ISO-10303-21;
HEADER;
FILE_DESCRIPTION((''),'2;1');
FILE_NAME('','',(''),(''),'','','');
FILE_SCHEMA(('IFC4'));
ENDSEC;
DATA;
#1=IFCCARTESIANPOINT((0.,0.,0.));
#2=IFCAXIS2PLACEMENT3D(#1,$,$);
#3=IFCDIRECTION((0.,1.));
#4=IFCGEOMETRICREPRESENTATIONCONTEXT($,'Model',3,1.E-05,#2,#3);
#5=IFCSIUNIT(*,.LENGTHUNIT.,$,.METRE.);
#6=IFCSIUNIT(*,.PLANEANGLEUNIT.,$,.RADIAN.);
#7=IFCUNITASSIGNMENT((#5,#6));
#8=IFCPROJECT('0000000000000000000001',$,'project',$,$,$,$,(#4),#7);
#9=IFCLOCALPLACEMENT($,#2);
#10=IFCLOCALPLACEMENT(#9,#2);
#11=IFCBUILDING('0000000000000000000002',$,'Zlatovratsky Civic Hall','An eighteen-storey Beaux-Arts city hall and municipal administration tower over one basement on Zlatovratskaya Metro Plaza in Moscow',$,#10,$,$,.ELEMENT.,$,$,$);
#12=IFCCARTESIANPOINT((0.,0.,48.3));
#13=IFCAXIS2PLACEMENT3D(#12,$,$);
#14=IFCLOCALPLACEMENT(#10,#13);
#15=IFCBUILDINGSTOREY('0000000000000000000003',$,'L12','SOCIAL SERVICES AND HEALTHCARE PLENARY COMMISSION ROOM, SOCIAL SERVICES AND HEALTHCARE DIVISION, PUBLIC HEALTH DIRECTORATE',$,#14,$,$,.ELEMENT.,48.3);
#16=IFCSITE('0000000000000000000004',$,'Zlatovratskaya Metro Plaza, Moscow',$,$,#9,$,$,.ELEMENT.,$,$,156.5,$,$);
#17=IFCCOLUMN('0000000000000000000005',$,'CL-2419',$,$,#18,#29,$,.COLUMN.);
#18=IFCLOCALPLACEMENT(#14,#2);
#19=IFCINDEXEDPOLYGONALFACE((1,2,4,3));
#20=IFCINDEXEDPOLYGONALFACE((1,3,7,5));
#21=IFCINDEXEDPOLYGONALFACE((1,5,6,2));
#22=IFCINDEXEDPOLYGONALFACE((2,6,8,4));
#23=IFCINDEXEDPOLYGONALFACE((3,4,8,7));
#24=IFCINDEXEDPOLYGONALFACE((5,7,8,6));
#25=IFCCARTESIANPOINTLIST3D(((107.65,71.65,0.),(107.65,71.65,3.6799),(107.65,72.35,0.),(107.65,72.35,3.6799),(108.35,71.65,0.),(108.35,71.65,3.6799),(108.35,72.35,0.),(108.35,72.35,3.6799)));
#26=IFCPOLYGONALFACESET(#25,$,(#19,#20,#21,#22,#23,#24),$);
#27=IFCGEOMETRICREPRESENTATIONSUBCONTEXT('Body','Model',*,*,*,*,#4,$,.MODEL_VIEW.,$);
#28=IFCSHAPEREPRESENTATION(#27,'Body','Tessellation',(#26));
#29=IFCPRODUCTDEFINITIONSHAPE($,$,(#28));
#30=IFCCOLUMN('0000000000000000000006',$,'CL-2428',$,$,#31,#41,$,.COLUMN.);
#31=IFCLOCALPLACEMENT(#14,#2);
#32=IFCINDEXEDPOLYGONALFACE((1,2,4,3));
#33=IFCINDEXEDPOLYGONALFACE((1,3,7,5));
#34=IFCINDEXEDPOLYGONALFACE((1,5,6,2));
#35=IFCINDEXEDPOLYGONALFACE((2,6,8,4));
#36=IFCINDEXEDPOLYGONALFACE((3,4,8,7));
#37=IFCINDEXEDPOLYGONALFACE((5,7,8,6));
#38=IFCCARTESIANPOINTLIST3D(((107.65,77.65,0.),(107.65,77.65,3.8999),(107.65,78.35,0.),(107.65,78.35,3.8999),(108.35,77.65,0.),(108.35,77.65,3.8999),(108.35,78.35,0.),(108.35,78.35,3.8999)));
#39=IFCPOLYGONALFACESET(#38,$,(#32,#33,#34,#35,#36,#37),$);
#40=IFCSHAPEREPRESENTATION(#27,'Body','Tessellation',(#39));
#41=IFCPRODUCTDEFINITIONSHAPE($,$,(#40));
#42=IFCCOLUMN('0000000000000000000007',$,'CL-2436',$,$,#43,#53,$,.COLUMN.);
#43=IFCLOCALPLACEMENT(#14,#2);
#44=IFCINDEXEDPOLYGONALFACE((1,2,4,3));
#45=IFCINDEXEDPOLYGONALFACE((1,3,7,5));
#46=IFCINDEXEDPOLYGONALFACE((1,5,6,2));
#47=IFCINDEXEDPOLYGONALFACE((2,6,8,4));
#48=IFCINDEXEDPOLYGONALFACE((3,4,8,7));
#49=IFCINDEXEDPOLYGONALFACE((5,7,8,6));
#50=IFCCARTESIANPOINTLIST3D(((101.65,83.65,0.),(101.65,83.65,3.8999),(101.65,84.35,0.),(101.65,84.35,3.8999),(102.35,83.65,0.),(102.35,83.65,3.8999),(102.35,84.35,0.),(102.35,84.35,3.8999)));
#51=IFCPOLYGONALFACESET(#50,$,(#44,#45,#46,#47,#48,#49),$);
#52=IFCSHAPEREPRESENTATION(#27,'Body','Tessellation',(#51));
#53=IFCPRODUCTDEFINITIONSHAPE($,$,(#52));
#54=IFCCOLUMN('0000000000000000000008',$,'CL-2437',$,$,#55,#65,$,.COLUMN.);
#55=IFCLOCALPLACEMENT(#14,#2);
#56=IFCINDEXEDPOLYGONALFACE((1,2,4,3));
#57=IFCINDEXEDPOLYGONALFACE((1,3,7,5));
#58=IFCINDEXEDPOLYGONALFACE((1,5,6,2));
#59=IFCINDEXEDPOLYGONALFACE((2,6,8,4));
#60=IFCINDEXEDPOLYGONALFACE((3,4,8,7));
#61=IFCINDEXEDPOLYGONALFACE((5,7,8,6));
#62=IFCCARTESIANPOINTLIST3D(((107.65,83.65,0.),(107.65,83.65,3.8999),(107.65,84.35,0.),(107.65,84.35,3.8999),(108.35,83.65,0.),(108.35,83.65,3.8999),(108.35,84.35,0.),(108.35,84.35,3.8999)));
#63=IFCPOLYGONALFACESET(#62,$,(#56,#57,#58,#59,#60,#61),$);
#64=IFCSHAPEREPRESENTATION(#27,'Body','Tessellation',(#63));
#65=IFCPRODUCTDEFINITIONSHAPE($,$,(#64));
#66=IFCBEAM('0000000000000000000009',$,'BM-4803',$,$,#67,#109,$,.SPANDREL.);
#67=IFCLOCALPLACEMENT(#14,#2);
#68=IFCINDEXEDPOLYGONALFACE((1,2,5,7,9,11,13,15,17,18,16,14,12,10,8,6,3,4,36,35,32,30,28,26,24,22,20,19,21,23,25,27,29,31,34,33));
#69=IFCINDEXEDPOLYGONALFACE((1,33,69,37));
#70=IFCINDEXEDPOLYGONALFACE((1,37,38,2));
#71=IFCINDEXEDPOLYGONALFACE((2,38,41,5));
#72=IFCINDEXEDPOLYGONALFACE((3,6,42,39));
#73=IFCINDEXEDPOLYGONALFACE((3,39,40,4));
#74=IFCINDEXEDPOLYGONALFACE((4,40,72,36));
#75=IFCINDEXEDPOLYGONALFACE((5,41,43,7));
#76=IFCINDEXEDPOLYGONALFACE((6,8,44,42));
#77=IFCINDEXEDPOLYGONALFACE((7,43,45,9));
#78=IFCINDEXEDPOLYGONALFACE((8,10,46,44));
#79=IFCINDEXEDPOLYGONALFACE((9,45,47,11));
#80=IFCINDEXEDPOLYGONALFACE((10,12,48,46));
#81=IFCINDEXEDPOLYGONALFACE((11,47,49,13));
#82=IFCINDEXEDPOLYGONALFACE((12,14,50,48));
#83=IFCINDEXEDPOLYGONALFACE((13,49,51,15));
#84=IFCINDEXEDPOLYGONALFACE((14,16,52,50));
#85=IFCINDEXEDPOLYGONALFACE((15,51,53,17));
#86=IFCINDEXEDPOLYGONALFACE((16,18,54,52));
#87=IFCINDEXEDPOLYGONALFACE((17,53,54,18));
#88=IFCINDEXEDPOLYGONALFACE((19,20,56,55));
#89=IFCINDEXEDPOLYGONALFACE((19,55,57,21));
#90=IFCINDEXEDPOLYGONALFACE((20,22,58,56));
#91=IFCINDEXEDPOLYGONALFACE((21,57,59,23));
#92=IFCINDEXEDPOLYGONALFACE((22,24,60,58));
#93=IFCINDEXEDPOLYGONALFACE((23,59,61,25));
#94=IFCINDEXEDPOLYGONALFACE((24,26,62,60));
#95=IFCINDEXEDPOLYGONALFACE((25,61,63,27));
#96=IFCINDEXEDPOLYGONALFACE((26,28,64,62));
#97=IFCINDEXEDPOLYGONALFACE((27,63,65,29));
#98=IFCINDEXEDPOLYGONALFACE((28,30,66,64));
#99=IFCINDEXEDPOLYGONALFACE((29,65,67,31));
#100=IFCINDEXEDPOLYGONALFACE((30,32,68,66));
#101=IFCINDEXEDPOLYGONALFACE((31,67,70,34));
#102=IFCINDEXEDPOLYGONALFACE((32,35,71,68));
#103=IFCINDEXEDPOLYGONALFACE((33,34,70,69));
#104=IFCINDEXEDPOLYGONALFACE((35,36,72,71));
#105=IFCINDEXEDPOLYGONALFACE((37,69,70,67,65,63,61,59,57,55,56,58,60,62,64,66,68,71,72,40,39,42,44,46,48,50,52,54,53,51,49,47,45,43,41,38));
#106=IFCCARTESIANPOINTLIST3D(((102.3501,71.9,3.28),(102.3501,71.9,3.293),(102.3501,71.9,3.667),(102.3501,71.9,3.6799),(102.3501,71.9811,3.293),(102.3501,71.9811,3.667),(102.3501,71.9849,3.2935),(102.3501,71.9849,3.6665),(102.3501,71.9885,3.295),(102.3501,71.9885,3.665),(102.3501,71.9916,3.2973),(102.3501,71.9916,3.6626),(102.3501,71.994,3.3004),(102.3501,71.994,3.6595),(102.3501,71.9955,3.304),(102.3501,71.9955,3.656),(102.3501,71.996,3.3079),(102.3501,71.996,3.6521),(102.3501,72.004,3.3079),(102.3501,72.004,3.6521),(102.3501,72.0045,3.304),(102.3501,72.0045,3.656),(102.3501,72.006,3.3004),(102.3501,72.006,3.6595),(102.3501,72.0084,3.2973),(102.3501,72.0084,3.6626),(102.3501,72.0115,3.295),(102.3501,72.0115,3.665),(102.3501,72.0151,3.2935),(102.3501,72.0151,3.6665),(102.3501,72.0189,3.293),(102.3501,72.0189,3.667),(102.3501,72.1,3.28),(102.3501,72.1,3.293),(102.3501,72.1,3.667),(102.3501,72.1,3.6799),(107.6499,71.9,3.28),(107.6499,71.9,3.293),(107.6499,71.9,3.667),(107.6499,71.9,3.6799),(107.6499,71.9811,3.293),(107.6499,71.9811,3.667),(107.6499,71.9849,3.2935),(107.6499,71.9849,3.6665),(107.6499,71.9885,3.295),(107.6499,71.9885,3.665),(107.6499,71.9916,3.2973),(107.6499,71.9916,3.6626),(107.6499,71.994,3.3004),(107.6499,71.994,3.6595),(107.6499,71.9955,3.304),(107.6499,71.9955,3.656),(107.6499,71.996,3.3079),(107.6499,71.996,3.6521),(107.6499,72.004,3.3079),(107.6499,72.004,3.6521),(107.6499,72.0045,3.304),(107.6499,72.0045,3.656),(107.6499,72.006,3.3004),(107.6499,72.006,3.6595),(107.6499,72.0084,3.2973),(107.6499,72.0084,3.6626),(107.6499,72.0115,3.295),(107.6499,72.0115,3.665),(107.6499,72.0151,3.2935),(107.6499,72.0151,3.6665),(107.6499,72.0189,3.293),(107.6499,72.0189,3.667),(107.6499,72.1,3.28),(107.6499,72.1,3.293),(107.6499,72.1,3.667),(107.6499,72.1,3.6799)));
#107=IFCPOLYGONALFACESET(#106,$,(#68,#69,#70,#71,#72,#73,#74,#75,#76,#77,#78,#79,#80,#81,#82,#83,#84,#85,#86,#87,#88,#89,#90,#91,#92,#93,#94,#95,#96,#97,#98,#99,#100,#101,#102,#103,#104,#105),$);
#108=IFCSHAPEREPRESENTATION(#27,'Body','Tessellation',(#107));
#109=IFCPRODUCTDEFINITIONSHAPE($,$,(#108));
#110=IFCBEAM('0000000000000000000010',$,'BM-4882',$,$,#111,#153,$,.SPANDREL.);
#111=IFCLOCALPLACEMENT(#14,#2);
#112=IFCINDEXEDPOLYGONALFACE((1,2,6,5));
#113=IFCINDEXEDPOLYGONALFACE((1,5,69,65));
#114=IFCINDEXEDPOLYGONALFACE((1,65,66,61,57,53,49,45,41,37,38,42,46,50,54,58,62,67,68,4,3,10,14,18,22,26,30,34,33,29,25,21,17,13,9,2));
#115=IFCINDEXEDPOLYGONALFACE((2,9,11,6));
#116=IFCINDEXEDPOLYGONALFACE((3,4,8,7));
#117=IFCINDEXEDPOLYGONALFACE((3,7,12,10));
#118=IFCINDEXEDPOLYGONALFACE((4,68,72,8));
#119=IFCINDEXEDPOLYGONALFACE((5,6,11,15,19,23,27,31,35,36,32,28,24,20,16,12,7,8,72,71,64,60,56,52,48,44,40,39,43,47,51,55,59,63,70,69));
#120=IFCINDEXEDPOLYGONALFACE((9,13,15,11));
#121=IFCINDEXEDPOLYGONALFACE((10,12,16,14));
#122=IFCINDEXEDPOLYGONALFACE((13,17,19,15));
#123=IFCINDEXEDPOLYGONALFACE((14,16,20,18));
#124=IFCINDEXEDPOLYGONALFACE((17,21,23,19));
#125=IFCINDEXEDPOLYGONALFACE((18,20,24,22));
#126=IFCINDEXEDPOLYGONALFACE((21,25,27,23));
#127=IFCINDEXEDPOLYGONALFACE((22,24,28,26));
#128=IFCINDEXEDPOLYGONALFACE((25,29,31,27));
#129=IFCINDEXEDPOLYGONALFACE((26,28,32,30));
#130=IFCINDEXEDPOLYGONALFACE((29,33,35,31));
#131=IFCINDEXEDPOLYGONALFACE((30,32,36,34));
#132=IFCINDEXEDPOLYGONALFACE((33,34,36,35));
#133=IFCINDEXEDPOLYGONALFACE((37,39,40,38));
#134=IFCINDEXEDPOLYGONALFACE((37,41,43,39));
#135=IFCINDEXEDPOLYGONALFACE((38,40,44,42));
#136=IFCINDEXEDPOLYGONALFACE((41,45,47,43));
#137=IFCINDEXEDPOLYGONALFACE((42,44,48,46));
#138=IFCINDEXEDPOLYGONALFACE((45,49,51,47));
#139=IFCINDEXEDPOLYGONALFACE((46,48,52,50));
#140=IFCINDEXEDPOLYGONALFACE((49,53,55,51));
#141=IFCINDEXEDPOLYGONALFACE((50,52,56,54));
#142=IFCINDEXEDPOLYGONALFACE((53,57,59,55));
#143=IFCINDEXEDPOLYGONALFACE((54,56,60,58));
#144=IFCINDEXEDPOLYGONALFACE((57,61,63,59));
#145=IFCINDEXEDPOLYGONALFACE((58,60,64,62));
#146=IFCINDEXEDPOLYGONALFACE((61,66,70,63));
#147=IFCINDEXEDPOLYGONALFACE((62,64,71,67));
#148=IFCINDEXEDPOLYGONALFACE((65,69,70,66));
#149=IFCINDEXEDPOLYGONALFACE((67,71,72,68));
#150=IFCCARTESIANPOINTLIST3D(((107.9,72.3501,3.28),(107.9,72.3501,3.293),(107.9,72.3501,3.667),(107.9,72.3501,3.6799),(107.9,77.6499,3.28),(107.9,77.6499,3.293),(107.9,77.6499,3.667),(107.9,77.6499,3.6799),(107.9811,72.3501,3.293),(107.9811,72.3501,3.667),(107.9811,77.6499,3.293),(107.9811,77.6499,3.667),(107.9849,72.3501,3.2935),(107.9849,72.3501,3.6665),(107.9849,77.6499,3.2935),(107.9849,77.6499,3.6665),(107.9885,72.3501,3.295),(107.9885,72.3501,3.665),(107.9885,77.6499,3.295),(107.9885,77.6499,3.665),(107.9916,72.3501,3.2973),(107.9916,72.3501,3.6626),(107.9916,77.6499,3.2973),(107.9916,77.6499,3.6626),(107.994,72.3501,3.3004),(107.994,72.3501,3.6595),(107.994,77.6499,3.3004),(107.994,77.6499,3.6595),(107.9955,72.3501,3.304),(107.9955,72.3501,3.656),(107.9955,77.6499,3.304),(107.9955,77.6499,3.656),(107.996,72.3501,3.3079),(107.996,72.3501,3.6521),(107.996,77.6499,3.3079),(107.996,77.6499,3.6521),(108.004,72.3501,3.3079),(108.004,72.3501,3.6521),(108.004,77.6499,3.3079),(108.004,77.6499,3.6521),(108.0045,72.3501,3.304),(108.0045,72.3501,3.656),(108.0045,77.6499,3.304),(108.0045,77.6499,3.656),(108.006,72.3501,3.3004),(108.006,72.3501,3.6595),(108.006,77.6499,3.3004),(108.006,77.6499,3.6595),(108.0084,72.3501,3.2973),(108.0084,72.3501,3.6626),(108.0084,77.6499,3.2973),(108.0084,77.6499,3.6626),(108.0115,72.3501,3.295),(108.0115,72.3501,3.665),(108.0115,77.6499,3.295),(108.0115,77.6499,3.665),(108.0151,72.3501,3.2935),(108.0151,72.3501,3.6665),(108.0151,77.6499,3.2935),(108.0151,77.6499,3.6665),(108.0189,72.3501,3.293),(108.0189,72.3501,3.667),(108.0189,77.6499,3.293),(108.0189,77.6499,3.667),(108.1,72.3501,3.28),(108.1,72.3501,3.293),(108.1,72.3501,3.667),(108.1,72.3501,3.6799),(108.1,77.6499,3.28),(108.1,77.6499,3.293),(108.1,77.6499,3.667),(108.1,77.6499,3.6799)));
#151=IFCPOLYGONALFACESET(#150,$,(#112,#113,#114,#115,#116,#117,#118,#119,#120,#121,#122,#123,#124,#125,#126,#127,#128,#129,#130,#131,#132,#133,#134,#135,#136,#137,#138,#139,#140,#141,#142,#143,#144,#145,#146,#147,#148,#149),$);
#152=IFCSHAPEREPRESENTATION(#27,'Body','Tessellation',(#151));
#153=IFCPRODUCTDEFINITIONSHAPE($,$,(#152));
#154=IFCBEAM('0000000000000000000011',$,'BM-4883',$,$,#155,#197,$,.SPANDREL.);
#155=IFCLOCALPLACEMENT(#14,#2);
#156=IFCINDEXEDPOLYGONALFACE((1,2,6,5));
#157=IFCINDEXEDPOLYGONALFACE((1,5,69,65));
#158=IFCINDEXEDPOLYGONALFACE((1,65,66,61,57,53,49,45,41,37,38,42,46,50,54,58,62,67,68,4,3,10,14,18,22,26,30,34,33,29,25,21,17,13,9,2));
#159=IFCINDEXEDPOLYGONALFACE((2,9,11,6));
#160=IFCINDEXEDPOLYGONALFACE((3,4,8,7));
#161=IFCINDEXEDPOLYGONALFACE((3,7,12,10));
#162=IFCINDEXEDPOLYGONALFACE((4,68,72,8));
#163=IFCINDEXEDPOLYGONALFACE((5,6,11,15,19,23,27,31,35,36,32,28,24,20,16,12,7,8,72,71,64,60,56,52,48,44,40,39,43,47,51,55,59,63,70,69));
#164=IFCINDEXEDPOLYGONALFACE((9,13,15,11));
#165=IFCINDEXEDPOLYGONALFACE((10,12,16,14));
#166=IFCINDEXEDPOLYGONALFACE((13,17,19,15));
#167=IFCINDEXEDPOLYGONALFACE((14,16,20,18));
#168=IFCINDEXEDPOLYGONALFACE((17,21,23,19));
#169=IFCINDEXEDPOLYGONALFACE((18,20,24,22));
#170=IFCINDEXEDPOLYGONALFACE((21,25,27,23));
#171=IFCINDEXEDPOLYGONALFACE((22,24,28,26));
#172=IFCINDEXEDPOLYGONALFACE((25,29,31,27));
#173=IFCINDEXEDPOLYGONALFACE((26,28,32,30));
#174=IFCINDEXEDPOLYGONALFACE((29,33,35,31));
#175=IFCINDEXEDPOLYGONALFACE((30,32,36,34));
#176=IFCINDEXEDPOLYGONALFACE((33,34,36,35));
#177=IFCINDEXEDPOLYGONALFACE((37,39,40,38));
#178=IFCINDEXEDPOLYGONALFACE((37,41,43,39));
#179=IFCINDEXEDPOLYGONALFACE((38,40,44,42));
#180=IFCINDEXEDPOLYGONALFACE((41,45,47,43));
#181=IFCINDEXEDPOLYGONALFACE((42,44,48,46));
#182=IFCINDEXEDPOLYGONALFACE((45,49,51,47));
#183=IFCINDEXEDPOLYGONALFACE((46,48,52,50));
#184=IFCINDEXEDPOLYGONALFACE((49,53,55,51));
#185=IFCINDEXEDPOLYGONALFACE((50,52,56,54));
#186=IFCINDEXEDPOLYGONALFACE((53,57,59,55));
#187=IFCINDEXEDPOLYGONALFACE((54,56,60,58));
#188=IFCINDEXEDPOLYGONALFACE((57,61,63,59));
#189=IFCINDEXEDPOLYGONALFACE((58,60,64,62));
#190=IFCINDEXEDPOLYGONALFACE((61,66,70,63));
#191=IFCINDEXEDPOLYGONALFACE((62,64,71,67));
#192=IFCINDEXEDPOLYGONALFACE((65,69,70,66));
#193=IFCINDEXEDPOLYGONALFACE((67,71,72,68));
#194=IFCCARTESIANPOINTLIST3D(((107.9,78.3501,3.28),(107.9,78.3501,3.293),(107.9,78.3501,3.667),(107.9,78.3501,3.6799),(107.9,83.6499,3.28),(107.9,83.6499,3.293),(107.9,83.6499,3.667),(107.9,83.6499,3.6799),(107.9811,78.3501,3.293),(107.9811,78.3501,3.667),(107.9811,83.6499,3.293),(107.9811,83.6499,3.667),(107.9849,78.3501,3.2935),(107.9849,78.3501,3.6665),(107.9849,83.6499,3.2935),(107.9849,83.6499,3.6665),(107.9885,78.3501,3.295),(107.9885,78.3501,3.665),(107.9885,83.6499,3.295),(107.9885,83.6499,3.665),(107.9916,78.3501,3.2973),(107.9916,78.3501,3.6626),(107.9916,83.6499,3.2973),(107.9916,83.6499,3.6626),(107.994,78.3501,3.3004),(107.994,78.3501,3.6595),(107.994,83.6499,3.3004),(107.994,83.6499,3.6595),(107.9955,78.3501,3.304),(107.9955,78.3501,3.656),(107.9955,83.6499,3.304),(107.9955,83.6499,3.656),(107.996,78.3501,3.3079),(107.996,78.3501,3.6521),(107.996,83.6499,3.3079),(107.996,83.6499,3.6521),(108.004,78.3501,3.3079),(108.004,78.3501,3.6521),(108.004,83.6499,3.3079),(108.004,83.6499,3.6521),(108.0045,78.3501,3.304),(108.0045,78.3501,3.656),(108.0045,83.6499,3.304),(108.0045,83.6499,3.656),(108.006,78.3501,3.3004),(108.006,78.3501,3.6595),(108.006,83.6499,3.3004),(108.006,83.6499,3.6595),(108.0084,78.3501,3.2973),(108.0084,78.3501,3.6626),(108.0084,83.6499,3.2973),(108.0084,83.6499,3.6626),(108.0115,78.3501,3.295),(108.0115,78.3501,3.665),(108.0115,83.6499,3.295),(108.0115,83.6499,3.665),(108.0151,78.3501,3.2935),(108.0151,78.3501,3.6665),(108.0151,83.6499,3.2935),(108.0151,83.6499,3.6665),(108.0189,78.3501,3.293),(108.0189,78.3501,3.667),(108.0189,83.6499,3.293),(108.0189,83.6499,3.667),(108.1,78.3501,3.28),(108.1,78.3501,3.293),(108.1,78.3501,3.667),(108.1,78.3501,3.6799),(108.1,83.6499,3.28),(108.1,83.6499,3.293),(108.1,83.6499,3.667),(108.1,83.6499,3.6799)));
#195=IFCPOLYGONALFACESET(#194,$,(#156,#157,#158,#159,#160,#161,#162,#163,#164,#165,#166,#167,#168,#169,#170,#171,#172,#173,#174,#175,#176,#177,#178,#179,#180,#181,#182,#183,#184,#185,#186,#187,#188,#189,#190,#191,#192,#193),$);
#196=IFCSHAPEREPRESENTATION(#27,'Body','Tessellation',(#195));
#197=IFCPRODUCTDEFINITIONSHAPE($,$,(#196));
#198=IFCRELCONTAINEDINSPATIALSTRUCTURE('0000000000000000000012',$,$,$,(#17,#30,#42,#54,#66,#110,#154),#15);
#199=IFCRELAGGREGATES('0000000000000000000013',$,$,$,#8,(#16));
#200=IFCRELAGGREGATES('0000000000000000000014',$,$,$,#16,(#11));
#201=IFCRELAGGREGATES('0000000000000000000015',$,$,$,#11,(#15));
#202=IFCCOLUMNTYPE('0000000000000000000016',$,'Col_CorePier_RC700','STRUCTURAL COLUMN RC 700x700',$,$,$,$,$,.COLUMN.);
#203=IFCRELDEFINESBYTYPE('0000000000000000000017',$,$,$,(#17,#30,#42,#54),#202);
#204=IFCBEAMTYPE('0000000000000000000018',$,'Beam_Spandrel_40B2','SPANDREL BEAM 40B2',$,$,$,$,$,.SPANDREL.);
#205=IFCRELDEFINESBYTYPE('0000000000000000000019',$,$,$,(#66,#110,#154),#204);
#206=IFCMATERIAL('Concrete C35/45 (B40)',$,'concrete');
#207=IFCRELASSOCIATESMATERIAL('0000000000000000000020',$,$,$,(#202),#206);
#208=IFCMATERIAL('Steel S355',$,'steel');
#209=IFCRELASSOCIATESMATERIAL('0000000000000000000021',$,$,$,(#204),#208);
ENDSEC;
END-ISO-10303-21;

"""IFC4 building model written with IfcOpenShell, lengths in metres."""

from ifc_helpers import new_model, si_unit, direction, frame, origin, origin_2d, place, context, subcontext, project, spatial, rectangle, i_section, extrude, material, material_profile, profile_set, type_object, element, save


model = new_model("IFC4")

# Units and contexts
model_context = context("Model", 3, precision=1e-05, world=origin(), true_north=direction((0.0, 1.0)))
body_context = subcontext(model_context, "Body", "Model", "MODEL_VIEW")
ifc_project = project(units=[si_unit("LENGTHUNIT", "METRE"), si_unit("PLANEANGLEUNIT", "RADIAN")], contexts=[model_context])

# Site, building, storey
site_placement = place(None, origin())
site = spatial("IfcSite", under=ifc_project, at=site_placement, Name="Zlatovratskaya Metro Plaza, Moscow", CompositionType="ELEMENT", RefElevation=156.5)
building_placement = place(site_placement, origin())
building = spatial("IfcBuilding", under=site, at=building_placement, Name="Zlatovratsky Civic Hall", Description="An eighteen-storey Beaux-Arts city hall and municipal administration tower over one basement on Zlatovratskaya Metro Plaza in Moscow", CompositionType="ELEMENT")
storey_placement = place(building_placement, frame((0.0, 0.0, 48.3)))
storey = spatial("IfcBuildingStorey", under=building, at=storey_placement, Name="L12", Description="SOCIAL SERVICES AND HEALTHCARE PLENARY COMMISSION ROOM, SOCIAL SERVICES AND HEALTHCARE DIVISION, PUBLIC HEALTH DIRECTORATE", CompositionType="ELEMENT", Elevation=48.3)

# Columns
ifc_material_1 = material(Name="Concrete C35/45 (B40)", Category="concrete")
ifc_material_profile_1 = material_profile(ifc_material_1, rectangle(XDim=0.7, YDim=0.7, at=origin_2d()), Name="RC 700x700")
ifc_profile_set_1 = profile_set([ifc_material_profile_1], Name="Concrete C35/45 (B40)")
column_type = type_object("IfcColumnType", Name="Col_CorePier_RC700", Description="STRUCTURAL COLUMN RC 700x700", PredefinedType="COLUMN", material=ifc_profile_set_1)
column_placement = place(storey_placement, frame((108.0, 72.0, 0.0), z_axis=(0.0, 0.0, 1.0), x_axis=(1.0, 0.0, 0.0)))
element("IfcColumn", 1, at=column_placement, inside=storey, type_object=column_type, Name="CL-2419", PredefinedType="COLUMN", context=body_context, shape_type="SweptSolid", body=[
    extrude(rectangle(XDim=0.7, YDim=0.7, at=origin_2d()), origin(), (0.0, 0.0, 1.0), 3.6799),
])
for number, where, z_axis, x_axis, name in (
    (2, (108.0, 78.0, 0.0), (0.0, 0.0, 1.0), (1.0, 0.0, 0.0), "CL-2428"),
    (3, (102.0, 84.0, 0.0), (0.0, 0.0, 1.0), (1.0, 0.0, 0.0), "CL-2436"),
    (4, (108.0, 84.0, 0.0), (0.0, 0.0, 1.0), (1.0, 0.0, 0.0), "CL-2437"),
):
    element("IfcColumn", number, at=place(storey_placement, frame(where, z_axis=z_axis, x_axis=x_axis)), inside=storey, type_object=column_type, Name=name, PredefinedType="COLUMN", context=body_context, shape_type="SweptSolid", body=[
        extrude(rectangle(XDim=0.7, YDim=0.7, at=origin_2d()), origin(), (0.0, 0.0, 1.0), 3.8999),
    ])

# Beams
ifc_material_2 = material(Name="Steel S355", Category="steel")
ifc_material_profile_2 = material_profile(ifc_material_2, i_section(OverallWidth=0.2, OverallDepth=0.3999, WebThickness=0.0081, FlangeThickness=0.0129, FilletRadius=0.0149, at=origin_2d()), Name="40B2")
ifc_profile_set_2 = profile_set([ifc_material_profile_2], Name="Steel S355")
beam_type_1 = type_object("IfcBeamType", Name="Beam_Spandrel_40B2", Description="SPANDREL BEAM 40B2", PredefinedType="SPANDREL", material=ifc_profile_set_2)
for number, where, z_axis, x_axis, name in (
    (5, (102.3501, 72.0, 3.48), (1.0, 0.0, 0.0), (0.0, 1.0, 0.0), "BM-4803"),
    (6, (108.0, 72.3501, 3.48), (0.0, 1.0, 0.0), (-1.0, 0.0, 0.0), "BM-4882"),
    (7, (108.0, 78.3501, 3.48), (0.0, 1.0, 0.0), (-1.0, 0.0, 0.0), "BM-4883"),
):
    element("IfcBeam", number, at=place(storey_placement, frame(where, z_axis=z_axis, x_axis=x_axis)), inside=storey, type_object=beam_type_1, Name=name, PredefinedType="SPANDREL", context=body_context, shape_type="SweptSolid", body=[
        extrude(i_section(OverallWidth=0.2, OverallDepth=0.3999, WebThickness=0.0081, FlangeThickness=0.0129, FilletRadius=0.0149, at=origin_2d()), origin(), (0.0, 0.0, 1.0), 5.2998),
    ])

save(model, "model.ifc")
